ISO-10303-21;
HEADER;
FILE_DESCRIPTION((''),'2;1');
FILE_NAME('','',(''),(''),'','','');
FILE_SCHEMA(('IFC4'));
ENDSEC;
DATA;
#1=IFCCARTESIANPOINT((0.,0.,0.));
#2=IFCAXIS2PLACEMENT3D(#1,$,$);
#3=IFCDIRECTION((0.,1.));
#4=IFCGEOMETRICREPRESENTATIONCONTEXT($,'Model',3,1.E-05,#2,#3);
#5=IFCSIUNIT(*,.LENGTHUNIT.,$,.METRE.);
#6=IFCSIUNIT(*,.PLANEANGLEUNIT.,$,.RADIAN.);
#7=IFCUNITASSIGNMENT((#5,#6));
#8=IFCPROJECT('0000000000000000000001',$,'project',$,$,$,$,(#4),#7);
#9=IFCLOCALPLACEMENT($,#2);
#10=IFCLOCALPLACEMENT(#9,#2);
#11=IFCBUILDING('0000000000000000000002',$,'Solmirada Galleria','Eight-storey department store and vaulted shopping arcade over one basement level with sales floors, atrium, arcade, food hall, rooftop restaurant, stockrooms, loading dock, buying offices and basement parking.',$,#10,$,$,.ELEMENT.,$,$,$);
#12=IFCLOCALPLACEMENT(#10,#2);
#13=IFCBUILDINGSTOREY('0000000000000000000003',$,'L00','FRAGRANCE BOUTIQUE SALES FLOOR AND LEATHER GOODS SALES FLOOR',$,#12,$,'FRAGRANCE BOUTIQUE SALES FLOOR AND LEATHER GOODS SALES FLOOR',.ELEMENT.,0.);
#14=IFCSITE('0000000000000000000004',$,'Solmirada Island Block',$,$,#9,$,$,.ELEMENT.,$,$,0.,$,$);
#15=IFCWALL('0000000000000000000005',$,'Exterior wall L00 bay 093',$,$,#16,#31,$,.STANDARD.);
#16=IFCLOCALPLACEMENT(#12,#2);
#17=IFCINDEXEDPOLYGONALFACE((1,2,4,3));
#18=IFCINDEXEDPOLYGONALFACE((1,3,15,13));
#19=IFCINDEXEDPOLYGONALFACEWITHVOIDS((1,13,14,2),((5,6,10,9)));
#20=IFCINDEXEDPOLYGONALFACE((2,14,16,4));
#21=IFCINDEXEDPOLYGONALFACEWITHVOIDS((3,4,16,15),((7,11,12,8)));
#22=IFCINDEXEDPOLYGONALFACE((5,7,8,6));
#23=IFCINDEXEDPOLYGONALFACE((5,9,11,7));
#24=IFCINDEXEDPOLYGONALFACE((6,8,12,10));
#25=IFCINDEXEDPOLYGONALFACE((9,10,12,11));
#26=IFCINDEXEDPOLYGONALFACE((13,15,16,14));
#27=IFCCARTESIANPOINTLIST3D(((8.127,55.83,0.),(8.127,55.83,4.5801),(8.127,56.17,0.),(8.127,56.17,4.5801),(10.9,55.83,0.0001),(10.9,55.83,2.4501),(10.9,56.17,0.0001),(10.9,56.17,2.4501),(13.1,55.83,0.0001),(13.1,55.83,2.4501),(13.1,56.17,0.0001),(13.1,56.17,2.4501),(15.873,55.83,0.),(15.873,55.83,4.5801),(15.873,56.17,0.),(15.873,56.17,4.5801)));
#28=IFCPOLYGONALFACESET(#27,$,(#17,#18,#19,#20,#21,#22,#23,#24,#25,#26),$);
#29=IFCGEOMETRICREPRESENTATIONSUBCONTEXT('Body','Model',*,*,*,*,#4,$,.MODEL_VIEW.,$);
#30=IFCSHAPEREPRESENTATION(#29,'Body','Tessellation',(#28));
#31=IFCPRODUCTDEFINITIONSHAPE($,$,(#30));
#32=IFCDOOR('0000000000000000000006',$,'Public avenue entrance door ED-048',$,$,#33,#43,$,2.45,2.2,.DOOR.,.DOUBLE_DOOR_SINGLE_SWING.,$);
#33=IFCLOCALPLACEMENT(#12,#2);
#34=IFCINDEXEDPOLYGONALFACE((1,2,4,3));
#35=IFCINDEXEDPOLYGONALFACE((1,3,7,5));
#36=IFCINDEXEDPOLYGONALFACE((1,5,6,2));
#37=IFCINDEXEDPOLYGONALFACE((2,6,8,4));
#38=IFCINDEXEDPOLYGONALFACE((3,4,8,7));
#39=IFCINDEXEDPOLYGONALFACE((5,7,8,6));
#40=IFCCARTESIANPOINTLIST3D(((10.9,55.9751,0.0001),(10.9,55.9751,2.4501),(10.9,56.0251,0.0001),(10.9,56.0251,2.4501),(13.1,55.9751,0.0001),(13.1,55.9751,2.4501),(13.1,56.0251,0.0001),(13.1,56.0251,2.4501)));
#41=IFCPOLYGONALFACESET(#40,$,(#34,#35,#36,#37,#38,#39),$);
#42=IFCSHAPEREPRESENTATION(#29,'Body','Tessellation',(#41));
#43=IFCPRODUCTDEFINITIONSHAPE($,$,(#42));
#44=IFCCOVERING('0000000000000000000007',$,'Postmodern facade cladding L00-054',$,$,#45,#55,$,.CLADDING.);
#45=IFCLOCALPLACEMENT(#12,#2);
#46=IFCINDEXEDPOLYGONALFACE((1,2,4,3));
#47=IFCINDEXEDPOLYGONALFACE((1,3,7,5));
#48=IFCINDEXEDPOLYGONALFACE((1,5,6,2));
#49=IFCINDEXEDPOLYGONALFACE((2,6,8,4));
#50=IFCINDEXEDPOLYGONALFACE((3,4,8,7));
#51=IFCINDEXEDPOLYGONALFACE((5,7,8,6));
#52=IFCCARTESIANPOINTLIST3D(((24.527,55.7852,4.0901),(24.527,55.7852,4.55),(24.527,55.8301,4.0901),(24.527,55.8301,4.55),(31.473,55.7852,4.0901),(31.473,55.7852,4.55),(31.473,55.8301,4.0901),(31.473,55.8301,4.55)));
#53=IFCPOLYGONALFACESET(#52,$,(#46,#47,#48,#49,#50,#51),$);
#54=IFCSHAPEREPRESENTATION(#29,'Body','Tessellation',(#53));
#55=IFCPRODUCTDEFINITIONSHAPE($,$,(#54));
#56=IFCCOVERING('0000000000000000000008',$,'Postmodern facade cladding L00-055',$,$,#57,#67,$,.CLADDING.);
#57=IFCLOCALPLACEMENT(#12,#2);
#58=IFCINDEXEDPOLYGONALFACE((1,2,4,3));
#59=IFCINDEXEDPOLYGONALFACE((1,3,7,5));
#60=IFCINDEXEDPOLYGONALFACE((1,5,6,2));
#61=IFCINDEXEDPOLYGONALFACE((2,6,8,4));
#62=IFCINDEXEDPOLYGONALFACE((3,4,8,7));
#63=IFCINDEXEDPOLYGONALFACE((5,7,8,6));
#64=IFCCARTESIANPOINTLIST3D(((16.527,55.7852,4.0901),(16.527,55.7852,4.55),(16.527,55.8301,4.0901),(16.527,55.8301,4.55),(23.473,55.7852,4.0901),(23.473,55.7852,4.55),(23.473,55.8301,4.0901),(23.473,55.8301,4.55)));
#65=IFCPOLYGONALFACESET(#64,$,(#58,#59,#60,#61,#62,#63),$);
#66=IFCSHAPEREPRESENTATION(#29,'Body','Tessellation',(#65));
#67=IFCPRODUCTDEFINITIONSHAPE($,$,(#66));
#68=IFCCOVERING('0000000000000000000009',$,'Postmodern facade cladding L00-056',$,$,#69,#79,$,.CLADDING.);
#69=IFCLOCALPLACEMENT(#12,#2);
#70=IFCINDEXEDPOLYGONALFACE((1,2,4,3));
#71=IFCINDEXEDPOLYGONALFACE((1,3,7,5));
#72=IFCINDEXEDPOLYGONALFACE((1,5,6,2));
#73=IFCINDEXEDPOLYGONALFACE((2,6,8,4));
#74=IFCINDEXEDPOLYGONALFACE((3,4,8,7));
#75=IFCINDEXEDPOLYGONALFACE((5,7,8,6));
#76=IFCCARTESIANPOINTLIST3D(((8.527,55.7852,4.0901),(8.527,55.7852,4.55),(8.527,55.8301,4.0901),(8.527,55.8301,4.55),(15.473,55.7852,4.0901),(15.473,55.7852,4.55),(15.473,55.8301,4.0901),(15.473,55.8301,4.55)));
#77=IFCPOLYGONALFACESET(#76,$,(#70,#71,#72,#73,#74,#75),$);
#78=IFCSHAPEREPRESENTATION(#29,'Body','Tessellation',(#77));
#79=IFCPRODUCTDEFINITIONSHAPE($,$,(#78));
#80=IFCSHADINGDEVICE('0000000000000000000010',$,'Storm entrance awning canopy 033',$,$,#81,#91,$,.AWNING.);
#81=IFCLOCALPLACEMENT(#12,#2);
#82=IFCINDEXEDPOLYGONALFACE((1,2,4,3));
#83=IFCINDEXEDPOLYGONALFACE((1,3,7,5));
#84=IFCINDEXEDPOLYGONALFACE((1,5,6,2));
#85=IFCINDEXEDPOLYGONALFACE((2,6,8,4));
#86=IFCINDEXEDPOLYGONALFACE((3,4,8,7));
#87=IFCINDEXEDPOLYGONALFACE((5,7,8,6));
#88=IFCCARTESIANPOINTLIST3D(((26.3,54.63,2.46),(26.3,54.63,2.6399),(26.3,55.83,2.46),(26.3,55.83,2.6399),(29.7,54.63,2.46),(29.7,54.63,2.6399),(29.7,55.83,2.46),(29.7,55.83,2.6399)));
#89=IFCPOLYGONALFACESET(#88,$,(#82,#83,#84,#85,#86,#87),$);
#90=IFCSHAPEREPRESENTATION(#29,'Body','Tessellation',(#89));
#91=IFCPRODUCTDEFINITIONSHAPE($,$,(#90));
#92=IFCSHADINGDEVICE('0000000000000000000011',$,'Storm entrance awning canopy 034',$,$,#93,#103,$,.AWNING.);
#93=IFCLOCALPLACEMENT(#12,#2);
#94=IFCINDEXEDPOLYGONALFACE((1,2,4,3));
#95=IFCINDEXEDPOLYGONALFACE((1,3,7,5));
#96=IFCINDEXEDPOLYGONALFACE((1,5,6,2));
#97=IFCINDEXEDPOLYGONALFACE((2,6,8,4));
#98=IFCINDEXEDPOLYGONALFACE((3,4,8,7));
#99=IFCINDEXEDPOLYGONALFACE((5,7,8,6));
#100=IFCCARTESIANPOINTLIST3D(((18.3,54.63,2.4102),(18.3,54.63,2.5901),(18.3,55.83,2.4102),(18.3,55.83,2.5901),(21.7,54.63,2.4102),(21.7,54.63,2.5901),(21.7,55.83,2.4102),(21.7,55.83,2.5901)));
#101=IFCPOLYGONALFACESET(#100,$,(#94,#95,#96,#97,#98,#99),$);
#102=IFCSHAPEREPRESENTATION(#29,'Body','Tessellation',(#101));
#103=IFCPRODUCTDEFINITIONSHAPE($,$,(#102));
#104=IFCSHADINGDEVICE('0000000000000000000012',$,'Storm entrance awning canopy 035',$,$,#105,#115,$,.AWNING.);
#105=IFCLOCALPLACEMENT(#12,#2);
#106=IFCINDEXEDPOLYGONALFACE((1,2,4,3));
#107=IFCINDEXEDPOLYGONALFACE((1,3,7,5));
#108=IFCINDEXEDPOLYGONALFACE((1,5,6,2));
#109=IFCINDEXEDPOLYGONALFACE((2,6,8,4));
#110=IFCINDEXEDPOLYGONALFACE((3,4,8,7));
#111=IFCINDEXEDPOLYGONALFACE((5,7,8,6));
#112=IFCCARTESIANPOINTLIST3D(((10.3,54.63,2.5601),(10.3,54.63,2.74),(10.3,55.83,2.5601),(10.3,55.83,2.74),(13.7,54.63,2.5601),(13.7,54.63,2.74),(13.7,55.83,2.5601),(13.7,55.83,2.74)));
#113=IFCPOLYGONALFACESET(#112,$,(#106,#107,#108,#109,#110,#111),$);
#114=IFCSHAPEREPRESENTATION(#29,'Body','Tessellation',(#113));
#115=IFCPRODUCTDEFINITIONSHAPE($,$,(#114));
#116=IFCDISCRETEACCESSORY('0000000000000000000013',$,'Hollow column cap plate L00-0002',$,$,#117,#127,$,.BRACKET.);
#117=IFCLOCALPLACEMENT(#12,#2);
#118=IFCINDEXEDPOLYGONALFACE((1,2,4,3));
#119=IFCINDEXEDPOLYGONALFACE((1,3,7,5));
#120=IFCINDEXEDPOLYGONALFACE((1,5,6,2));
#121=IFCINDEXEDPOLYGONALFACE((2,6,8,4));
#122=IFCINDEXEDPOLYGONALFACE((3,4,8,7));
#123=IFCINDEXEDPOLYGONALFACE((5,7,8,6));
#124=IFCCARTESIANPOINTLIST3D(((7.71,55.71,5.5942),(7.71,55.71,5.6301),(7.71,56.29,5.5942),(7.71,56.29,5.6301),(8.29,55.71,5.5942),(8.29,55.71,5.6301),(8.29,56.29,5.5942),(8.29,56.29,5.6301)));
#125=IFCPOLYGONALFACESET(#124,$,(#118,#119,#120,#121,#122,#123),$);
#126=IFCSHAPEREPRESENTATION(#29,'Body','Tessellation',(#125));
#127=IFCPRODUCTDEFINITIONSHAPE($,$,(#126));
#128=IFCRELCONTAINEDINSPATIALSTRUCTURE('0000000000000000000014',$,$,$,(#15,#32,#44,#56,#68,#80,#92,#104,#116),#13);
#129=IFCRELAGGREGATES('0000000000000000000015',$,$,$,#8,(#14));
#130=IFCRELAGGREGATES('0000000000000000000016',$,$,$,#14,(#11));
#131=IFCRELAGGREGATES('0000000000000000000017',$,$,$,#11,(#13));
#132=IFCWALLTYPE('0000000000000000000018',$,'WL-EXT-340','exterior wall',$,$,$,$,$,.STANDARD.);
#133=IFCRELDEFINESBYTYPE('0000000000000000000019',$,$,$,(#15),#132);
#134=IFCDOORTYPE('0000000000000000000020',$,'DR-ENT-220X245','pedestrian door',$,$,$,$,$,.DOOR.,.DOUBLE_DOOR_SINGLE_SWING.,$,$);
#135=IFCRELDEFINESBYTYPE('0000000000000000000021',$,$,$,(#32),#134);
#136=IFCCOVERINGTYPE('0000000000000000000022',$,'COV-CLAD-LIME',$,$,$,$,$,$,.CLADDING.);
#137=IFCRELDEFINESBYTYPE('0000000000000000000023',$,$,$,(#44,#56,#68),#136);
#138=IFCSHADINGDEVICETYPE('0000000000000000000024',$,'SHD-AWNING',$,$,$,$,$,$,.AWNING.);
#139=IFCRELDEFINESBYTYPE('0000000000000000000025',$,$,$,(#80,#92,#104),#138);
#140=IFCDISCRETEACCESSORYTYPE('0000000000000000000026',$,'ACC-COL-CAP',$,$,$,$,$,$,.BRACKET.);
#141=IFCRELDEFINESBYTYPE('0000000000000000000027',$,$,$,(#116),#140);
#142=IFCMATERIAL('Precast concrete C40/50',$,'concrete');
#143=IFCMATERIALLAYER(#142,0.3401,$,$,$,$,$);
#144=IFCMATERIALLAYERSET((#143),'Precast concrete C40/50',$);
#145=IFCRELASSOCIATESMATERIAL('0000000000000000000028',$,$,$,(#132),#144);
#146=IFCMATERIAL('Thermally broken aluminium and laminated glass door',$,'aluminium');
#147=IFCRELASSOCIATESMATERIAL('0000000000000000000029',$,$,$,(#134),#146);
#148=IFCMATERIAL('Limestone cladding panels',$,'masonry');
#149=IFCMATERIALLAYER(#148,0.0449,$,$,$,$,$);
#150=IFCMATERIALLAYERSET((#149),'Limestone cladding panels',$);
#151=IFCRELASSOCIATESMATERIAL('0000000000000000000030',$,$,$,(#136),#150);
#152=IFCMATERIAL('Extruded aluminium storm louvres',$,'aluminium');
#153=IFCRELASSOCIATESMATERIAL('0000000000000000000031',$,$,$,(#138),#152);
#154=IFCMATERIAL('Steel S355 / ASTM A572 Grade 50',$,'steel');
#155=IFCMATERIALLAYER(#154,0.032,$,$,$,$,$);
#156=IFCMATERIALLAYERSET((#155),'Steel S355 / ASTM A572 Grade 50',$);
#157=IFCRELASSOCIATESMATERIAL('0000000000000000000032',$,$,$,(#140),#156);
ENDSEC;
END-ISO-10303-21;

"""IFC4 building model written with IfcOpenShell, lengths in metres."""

from ifc_helpers import new_model, si_unit, direction, frame, frame_2d, origin, origin_2d, place, context, subcontext, project, spatial, rectangle, extrude, material, layer, layer_set, type_object, element, fill, save


model = new_model("IFC4")

# Units and contexts
model_context = context("Model", 3, precision=1e-05, world=origin(), true_north=direction((0.0, 1.0)))
body_context = subcontext(model_context, "Body", "Model", "MODEL_VIEW")
ifc_project = project(units=[si_unit("LENGTHUNIT", "METRE"), si_unit("PLANEANGLEUNIT", "RADIAN")], contexts=[model_context])

# Site, building, storey
site_placement = place(None, origin())
site = spatial("IfcSite", under=ifc_project, at=site_placement, Name="Solmirada Island Block", CompositionType="ELEMENT", RefElevation=0.0)
building_placement = place(site_placement, origin())
building = spatial("IfcBuilding", under=site, at=building_placement, Name="Solmirada Galleria", Description="Eight-storey department store and vaulted shopping arcade over one basement level with sales floors, atrium, arcade, food hall, rooftop restaurant, stockrooms, loading dock, buying offices and basement parking.", CompositionType="ELEMENT")
storey_placement = place(building_placement, origin())
storey = spatial("IfcBuildingStorey", under=building, at=storey_placement, Name="L00", Description="FRAGRANCE BOUTIQUE SALES FLOOR AND LEATHER GOODS SALES FLOOR", LongName="FRAGRANCE BOUTIQUE SALES FLOOR AND LEATHER GOODS SALES FLOOR", CompositionType="ELEMENT", Elevation=0.0)

# Wall, opening, door
ifc_material_1 = material(Name="Precast concrete C40/50", Category="concrete")
ifc_layer_1 = layer(ifc_material_1, 0.3401)
ifc_layer_set_1 = layer_set([ifc_layer_1], Name="Precast concrete C40/50")
wall_type = type_object("IfcWallType", Name="WL-EXT-340", Description="exterior wall", PredefinedType="STANDARD", material=ifc_layer_set_1)
wall_placement = place(storey_placement, frame((15.873, 56.0, 0.0), z_axis=(0.0, 0.0, 1.0), x_axis=(-1.0, 0.0, 0.0)))
wall = element("IfcWall", 1, at=wall_placement, inside=storey, type_object=wall_type, Name="Exterior wall L00 bay 093", PredefinedType="STANDARD", context=body_context, shape_type="SweptSolid", body=[
    extrude(rectangle(XDim=7.7461, YDim=0.3401, at=frame_2d((3.873, 0.0))), origin(), (0.0, 0.0, 1.0), 4.5801),
])
opening_placement = place(wall_placement, frame((2.7729, 0.0, 0.0)))
opening = element("IfcOpeningElement", 2, at=opening_placement, cuts=wall, PredefinedType="OPENING", context=body_context, shape_type="SweptSolid", body=[
    extrude(rectangle(XDim=2.2, YDim=2.45, at=frame_2d((1.1001, 1.2251))), frame((0.0, 0.1799, 0.0), z_axis=(0.0, -1.0, 0.0), x_axis=(1.0, 0.0, 0.0)), (0.0, 0.0, 1.0), 0.3601),
])
ifc_material_2 = material(Name="Thermally broken aluminium and laminated glass door", Category="aluminium")
door_type = type_object("IfcDoorType", Name="DR-ENT-220X245", Description="pedestrian door", OperationType="DOUBLE_DOOR_SINGLE_SWING", PredefinedType="DOOR", material=ifc_material_2)
door_placement = place(opening_placement, origin())
door = element("IfcDoor", 3, at=door_placement, inside=storey, type_object=door_type, Name="Public avenue entrance door ED-048", OperationType="DOUBLE_DOOR_SINGLE_SWING", OverallHeight=2.45, OverallWidth=2.2, PredefinedType="DOOR", context=body_context, shape_type="SweptSolid", body=[
    extrude(rectangle(XDim=2.2, YDim=2.45, at=frame_2d((1.1001, 1.2251))), frame((0.0, 0.0249, 0.0), z_axis=(0.0, -1.0, 0.0), x_axis=(1.0, 0.0, 0.0)), (0.0, 0.0, 1.0), 0.05),
])
fill(opening, door)

# Coverings
ifc_material_3 = material(Name="Limestone cladding panels", Category="masonry")
ifc_layer_2 = layer(ifc_material_3, 0.0449)
ifc_layer_set_2 = layer_set([ifc_layer_2], Name="Limestone cladding panels")
covering_type = type_object("IfcCoveringType", Name="COV-CLAD-LIME", PredefinedType="CLADDING", material=ifc_layer_set_2)
for number, where, z_axis, x_axis, name in (
    (4, (28.0, 55.8076, 4.0901), (0.0, 0.0, 1.0), (-1.0, 0.0, 0.0), "Postmodern facade cladding L00-054"),
    (5, (20.0, 55.8076, 4.0901), (0.0, 0.0, 1.0), (-1.0, 0.0, 0.0), "Postmodern facade cladding L00-055"),
    (6, (12.0, 55.8076, 4.0901), (0.0, 0.0, 1.0), (-1.0, 0.0, 0.0), "Postmodern facade cladding L00-056"),
):
    element("IfcCovering", number, at=place(storey_placement, frame(where, z_axis=z_axis, x_axis=x_axis)), inside=storey, type_object=covering_type, Name=name, PredefinedType="CLADDING", context=body_context, shape_type="SweptSolid", body=[
        extrude(rectangle(XDim=6.946, YDim=0.0449, at=origin_2d()), origin(), (0.0, 0.0, 1.0), 0.46),
    ])

# Shading devices
ifc_material_4 = material(Name="Extruded aluminium storm louvres", Category="aluminium")
shading_device_type = type_object("IfcShadingDeviceType", Name="SHD-AWNING", PredefinedType="AWNING", material=ifc_material_4)
for number, where, z_axis, x_axis, name in (
    (7, (28.0, 55.23, 2.46), (0.0, 0.0, 1.0), (-1.0, 0.0, 0.0), "Storm entrance awning canopy 033"),
    (8, (20.0, 55.23, 2.4102), (0.0, 0.0, 1.0), (-1.0, 0.0, 0.0), "Storm entrance awning canopy 034"),
    (9, (12.0, 55.23, 2.5601), (0.0, 0.0, 1.0), (-1.0, 0.0, 0.0), "Storm entrance awning canopy 035"),
):
    element("IfcShadingDevice", number, at=place(storey_placement, frame(where, z_axis=z_axis, x_axis=x_axis)), inside=storey, type_object=shading_device_type, Name=name, PredefinedType="AWNING", context=body_context, shape_type="SweptSolid", body=[
        extrude(rectangle(XDim=3.3999, YDim=1.2, at=origin_2d()), origin(), (0.0, 0.0, 1.0), 0.1799),
    ])

# Discrete accessory
ifc_material_5 = material(Name="Steel S355 / ASTM A572 Grade 50", Category="steel")
ifc_layer_3 = layer(ifc_material_5, 0.032)
ifc_layer_set_3 = layer_set([ifc_layer_3], Name="Steel S355 / ASTM A572 Grade 50")
discrete_accessory_type = type_object("IfcDiscreteAccessoryType", Name="ACC-COL-CAP", PredefinedType="BRACKET", material=ifc_layer_set_3)
discrete_accessory_placement = place(storey_placement, frame((8.0, 56.0, 5.5942), z_axis=(0.0, 0.0, 1.0), x_axis=(1.0, 0.0, 0.0)))
element("IfcDiscreteAccessory", 10, at=discrete_accessory_placement, inside=storey, type_object=discrete_accessory_type, Name="Hollow column cap plate L00-0002", PredefinedType="BRACKET", context=body_context, shape_type="SweptSolid", body=[
    extrude(rectangle(XDim=0.5801, YDim=0.5801, at=origin_2d()), origin(), (0.0, 0.0, 1.0), 0.0359),
])

save(model, "model.ifc")
